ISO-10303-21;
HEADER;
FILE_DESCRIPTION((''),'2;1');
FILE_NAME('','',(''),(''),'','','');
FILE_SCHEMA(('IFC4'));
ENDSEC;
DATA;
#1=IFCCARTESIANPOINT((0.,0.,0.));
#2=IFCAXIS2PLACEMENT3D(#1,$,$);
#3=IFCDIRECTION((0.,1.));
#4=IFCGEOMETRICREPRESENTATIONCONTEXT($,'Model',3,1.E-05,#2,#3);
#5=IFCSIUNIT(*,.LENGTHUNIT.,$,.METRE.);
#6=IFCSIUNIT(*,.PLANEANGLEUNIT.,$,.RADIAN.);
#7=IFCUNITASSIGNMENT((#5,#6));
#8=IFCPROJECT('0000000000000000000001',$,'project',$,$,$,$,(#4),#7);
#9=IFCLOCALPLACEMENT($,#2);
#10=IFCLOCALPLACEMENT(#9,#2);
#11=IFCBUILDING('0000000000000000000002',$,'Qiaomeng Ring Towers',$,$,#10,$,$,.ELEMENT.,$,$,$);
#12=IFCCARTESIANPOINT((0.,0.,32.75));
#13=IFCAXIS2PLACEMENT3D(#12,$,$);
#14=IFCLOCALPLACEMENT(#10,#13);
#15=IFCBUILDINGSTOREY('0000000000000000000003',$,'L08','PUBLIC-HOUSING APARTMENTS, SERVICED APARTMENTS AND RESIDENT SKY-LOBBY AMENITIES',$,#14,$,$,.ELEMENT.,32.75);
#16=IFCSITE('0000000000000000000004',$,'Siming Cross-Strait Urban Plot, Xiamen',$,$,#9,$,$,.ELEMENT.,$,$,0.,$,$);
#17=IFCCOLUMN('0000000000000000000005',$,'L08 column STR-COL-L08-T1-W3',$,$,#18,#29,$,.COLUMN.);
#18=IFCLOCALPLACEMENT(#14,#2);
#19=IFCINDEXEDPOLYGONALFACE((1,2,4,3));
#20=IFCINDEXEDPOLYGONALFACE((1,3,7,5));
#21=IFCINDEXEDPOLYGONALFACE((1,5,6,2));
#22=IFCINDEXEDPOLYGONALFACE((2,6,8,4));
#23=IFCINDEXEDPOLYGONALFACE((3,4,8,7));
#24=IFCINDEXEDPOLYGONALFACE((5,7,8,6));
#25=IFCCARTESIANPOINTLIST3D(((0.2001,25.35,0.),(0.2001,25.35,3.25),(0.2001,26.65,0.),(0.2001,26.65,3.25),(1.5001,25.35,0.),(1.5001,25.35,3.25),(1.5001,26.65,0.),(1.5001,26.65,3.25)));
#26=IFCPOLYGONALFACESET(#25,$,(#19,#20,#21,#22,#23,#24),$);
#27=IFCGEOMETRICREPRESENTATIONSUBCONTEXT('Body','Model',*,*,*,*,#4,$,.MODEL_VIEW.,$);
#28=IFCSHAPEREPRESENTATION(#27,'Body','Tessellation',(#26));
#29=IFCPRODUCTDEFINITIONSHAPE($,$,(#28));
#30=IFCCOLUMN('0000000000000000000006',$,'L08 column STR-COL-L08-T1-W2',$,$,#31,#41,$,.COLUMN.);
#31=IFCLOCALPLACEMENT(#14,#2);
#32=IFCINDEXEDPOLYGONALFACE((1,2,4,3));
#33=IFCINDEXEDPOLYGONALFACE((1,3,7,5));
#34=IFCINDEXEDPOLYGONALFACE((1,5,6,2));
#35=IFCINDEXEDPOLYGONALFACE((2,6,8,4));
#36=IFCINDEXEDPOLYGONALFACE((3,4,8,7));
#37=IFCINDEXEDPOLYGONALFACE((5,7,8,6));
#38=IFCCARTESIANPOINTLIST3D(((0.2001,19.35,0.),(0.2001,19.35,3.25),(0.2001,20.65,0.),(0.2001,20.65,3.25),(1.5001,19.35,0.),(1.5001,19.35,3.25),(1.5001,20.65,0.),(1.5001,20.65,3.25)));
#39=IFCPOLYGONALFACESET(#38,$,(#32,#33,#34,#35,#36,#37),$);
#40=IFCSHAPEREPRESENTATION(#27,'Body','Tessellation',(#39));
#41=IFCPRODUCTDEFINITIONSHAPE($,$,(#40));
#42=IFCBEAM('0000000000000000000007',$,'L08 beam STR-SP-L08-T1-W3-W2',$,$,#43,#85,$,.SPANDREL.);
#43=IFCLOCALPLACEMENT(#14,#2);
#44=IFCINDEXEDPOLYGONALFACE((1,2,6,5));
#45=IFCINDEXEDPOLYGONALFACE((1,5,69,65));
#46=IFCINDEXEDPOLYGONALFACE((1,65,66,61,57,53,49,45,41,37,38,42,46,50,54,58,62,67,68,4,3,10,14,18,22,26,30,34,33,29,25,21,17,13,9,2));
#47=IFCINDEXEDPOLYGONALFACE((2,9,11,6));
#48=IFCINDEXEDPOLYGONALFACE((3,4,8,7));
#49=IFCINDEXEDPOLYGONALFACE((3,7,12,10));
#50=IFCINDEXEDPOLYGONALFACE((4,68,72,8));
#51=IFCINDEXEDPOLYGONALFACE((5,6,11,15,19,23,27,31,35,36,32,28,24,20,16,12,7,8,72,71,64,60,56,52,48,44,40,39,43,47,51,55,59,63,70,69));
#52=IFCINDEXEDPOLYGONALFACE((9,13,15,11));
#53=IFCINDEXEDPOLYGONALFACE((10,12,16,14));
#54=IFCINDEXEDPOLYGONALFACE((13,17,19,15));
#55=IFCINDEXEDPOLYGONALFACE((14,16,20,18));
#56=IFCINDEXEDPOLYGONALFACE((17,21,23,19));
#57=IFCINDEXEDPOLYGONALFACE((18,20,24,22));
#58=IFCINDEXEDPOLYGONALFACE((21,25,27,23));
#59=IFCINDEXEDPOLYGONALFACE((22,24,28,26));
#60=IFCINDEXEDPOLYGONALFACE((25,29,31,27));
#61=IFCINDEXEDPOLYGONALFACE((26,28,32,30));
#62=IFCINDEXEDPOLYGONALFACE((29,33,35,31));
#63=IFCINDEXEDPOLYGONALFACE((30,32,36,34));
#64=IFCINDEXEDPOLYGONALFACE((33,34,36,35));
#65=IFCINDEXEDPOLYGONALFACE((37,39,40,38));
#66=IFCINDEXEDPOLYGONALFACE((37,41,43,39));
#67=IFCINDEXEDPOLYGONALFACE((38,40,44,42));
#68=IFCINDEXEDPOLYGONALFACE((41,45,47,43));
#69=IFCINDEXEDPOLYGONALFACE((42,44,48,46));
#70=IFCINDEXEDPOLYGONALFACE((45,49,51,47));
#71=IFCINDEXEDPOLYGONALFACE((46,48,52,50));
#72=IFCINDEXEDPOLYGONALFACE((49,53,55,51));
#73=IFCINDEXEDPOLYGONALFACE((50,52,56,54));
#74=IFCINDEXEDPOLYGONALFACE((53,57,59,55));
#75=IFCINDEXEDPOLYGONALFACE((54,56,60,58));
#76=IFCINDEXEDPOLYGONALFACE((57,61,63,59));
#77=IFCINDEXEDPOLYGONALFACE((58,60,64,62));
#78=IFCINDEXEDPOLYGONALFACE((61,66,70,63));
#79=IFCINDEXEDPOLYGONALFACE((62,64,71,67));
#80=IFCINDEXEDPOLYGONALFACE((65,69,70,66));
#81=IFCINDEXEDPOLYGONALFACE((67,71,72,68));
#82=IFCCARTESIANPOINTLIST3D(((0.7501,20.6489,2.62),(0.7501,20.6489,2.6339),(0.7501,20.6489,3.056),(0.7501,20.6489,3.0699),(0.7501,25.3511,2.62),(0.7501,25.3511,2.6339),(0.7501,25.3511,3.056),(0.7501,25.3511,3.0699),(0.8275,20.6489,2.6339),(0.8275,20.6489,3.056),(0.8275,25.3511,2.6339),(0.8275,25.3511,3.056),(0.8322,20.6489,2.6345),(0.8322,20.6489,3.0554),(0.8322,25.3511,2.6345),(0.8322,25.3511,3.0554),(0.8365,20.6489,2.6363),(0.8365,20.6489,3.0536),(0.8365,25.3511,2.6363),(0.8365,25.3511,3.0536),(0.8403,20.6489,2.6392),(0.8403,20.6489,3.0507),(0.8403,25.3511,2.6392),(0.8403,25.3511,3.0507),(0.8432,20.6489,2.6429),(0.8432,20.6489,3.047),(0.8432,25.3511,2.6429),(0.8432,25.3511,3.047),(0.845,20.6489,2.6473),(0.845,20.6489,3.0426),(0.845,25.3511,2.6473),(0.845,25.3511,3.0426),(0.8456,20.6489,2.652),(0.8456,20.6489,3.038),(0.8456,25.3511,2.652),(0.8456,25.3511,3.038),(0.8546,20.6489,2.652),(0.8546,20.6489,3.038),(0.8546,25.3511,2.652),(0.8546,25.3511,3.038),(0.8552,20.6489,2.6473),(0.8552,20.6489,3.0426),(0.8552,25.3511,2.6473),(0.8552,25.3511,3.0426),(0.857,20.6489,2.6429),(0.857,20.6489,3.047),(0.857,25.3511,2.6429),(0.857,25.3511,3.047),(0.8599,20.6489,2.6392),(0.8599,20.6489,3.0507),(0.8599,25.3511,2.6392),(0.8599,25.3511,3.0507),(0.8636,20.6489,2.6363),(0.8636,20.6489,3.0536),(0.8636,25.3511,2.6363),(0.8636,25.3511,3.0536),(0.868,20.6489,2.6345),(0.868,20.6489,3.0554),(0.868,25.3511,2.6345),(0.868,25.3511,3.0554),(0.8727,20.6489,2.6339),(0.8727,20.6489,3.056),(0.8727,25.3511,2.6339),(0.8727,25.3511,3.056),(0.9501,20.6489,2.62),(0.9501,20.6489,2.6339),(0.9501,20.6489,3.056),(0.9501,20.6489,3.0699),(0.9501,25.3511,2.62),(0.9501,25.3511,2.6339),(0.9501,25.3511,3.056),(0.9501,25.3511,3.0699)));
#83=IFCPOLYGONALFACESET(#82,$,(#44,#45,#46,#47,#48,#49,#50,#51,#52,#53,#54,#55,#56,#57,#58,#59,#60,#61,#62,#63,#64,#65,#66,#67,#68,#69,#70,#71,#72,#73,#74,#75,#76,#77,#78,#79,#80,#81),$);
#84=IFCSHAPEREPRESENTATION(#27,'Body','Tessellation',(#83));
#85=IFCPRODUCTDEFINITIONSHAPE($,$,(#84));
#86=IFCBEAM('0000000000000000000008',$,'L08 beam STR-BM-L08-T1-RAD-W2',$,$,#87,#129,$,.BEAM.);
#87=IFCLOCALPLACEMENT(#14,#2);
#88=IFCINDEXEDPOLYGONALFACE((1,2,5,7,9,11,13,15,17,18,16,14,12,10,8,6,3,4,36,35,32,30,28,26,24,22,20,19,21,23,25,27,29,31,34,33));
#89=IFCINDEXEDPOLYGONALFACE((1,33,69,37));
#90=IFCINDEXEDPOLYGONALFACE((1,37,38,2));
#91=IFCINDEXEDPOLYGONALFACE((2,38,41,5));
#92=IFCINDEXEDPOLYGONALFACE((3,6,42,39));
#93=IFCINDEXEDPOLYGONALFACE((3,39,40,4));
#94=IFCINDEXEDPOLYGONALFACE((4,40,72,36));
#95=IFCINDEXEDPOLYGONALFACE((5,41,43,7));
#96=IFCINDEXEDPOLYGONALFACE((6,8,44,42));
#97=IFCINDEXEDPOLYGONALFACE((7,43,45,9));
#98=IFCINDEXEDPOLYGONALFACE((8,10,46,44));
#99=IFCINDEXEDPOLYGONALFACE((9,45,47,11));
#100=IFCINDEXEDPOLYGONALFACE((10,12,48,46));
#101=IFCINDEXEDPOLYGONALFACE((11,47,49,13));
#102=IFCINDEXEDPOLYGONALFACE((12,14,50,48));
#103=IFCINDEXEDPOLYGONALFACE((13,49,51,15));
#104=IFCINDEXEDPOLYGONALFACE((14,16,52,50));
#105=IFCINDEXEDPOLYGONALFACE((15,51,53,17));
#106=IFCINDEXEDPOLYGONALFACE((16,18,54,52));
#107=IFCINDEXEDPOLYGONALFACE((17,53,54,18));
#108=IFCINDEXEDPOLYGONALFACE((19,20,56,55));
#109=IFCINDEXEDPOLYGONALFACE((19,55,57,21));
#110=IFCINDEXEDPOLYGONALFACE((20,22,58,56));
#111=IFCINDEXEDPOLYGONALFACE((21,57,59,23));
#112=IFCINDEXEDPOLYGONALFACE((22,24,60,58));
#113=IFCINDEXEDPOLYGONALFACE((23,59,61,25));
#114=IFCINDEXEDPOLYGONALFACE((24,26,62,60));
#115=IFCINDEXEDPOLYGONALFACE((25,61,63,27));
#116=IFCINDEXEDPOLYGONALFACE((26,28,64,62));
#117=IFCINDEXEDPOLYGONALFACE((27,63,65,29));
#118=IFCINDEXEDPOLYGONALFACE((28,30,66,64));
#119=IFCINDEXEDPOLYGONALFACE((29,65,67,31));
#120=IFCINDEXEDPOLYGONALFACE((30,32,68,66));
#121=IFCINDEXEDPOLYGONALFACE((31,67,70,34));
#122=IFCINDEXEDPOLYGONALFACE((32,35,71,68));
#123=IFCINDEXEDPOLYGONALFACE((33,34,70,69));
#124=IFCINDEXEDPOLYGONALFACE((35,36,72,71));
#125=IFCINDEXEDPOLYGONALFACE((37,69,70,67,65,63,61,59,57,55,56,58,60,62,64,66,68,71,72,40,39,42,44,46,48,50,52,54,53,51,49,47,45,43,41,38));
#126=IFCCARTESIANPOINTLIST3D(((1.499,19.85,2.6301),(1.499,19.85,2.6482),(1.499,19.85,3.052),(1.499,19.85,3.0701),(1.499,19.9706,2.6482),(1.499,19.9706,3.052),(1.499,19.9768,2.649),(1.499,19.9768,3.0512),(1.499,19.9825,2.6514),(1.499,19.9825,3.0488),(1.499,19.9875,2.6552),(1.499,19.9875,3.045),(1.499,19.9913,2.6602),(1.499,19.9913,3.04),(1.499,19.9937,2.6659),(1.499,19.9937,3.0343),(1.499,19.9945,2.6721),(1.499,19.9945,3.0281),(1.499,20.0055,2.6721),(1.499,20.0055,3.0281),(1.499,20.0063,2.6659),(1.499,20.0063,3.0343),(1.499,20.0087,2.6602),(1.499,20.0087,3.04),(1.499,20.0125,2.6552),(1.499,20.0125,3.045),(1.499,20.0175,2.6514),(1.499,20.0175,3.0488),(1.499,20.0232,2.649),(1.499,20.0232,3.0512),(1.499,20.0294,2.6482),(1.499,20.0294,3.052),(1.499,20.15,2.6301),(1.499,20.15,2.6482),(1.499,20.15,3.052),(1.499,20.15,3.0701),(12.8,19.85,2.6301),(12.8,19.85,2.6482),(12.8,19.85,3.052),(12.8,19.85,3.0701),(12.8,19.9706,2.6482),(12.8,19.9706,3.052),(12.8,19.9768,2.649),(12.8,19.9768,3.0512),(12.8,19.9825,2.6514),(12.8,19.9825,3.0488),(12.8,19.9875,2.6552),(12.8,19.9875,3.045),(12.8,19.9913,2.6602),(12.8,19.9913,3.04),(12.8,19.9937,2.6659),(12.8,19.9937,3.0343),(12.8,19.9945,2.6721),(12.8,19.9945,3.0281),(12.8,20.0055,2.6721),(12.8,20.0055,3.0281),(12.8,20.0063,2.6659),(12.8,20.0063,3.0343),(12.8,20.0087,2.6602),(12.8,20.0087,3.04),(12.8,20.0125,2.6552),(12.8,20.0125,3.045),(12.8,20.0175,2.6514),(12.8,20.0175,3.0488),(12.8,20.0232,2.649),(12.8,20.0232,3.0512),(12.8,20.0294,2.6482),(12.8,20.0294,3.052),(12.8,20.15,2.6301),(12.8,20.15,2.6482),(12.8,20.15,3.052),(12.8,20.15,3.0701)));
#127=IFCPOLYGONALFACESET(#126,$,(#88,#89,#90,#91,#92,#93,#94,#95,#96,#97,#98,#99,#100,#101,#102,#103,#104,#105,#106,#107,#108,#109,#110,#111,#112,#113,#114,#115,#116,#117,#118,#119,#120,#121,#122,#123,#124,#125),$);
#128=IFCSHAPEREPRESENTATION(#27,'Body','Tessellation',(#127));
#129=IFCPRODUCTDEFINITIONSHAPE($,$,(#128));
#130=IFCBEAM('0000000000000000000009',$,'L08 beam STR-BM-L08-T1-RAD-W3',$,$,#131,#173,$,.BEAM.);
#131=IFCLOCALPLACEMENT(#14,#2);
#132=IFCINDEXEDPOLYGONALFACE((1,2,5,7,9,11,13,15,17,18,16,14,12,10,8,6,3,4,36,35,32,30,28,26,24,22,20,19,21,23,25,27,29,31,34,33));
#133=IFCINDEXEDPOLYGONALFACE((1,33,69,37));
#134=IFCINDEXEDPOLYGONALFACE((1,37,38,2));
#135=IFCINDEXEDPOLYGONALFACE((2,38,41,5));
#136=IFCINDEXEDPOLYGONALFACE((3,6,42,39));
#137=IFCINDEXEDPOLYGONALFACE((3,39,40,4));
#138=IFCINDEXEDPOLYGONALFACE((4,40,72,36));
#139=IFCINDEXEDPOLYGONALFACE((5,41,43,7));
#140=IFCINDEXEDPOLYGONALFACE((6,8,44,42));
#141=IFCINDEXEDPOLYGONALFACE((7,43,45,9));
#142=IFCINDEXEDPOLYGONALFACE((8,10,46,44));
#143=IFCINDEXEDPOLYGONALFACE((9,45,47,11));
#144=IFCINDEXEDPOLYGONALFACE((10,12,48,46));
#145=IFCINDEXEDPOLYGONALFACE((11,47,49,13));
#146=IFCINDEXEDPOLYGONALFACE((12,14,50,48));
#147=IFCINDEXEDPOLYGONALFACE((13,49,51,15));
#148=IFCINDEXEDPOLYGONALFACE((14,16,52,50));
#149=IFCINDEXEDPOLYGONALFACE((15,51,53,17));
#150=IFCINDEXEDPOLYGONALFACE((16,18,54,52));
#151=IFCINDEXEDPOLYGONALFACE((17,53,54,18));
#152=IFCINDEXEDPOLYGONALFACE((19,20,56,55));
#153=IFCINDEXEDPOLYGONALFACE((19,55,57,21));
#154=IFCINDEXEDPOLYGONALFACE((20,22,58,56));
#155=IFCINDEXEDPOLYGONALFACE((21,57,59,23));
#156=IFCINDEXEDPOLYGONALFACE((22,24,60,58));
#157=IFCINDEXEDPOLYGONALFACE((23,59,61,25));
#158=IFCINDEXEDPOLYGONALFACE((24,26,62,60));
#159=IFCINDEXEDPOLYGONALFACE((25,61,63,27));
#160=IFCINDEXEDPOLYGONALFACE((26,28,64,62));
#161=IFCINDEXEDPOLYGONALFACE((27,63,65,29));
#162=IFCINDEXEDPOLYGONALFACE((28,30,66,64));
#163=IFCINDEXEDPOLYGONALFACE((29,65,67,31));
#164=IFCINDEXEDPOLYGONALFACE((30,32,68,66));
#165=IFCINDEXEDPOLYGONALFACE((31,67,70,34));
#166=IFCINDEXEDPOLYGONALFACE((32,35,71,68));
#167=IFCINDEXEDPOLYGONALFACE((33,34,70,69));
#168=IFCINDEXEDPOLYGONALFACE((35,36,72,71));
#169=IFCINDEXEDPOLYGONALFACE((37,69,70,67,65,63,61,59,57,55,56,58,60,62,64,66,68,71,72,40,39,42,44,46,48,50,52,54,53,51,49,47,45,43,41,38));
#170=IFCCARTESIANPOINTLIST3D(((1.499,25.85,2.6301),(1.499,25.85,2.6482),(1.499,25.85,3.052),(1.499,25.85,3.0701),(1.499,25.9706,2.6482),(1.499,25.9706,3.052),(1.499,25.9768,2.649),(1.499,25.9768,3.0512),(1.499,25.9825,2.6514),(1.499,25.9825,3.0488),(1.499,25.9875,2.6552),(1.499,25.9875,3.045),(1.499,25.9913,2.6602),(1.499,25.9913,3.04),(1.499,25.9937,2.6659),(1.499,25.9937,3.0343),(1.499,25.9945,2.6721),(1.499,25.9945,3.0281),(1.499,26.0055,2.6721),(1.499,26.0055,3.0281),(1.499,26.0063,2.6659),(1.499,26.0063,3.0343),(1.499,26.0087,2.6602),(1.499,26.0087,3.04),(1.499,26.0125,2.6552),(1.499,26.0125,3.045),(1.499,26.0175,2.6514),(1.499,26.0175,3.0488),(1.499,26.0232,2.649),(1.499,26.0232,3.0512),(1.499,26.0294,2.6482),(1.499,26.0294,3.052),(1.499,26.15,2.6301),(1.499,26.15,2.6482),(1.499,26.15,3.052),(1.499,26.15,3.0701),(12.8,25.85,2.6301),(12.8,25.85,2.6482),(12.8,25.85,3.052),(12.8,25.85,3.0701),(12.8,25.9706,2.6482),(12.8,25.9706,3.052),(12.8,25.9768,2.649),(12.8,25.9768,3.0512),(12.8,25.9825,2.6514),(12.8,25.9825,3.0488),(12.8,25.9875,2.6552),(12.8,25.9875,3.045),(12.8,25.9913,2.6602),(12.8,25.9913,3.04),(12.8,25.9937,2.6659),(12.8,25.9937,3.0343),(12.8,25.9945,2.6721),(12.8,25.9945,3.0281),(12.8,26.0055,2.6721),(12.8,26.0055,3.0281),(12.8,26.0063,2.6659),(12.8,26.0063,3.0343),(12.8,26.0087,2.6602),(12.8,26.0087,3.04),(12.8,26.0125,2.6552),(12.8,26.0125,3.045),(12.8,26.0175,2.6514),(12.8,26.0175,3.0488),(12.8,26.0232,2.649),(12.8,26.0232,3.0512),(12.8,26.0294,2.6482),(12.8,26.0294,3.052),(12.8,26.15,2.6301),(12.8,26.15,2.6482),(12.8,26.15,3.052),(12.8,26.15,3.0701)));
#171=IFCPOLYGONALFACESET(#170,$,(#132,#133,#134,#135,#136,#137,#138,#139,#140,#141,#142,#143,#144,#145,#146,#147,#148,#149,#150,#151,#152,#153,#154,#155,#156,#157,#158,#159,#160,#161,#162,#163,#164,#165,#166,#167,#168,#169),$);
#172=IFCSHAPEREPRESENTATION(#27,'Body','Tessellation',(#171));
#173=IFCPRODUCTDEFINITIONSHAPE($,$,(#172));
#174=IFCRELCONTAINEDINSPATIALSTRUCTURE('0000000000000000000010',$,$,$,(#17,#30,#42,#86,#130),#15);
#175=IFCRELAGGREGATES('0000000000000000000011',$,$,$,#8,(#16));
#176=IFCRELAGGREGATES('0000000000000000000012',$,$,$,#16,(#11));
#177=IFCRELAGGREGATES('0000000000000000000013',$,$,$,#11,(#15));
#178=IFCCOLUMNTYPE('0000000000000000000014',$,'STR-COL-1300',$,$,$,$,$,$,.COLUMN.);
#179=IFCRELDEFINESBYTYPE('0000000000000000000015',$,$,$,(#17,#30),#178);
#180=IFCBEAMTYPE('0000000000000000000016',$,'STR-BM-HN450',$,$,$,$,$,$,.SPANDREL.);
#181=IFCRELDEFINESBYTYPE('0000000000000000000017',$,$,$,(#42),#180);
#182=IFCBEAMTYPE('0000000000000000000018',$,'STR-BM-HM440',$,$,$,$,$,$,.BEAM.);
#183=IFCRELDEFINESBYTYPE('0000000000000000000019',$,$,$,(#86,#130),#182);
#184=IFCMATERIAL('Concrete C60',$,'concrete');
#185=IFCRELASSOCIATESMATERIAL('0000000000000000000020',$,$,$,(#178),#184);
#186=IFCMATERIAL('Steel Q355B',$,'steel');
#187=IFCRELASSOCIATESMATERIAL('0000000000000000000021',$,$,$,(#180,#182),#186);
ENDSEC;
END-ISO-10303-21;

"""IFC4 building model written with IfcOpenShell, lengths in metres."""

from ifc_helpers import new_model, si_unit, direction, frame, origin, origin_2d, place, context, subcontext, project, spatial, rectangle, i_section, extrude, source, transform, mapped, material, material_profile, profile_set, type_object, element, save


model = new_model("IFC4")

# Units and contexts
model_context = context("Model", 3, precision=1e-05, world=origin(), true_north=direction((0.0, 1.0)))
body_context = subcontext(model_context, "Body", "Model", "MODEL_VIEW")
ifc_project = project(units=[si_unit("LENGTHUNIT", "METRE"), si_unit("PLANEANGLEUNIT", "RADIAN")], contexts=[model_context])

# Site, building, storey
site_placement = place(None, origin())
site = spatial("IfcSite", under=ifc_project, at=site_placement, Name="Siming Cross-Strait Urban Plot, Xiamen", CompositionType="ELEMENT", RefElevation=0.0)
building_placement = place(site_placement, origin())
building = spatial("IfcBuilding", under=site, at=building_placement, Name="Qiaomeng Ring Towers", CompositionType="ELEMENT")
storey_placement = place(building_placement, frame((0.0, 0.0, 32.75)))
storey = spatial("IfcBuildingStorey", under=building, at=storey_placement, Name="L08", Description="PUBLIC-HOUSING APARTMENTS, SERVICED APARTMENTS AND RESIDENT SKY-LOBBY AMENITIES", CompositionType="ELEMENT", Elevation=32.75)

# Columns
ifc_material_1 = material(Name="Concrete C60", Category="concrete")
ifc_material_profile_1 = material_profile(ifc_material_1, rectangle(XDim=1.3, YDim=1.3, at=origin_2d()), Name="RC COL 1300x1300")
ifc_profile_set_1 = profile_set([ifc_material_profile_1], Name="Concrete C60")
column_type = type_object("IfcColumnType", Name="STR-COL-1300", PredefinedType="COLUMN", material=ifc_profile_set_1)
shared_shape_1 = source(origin(), body_context, "Body", "SweptSolid", [
    extrude(rectangle(XDim=1.3, YDim=1.3, at=origin_2d()), origin(), (0.0, 0.0, 1.0), 3.25),
])
for number, where, z_axis, x_axis, name in (
    (1, (0.8501, 26.0, 0.0), (0.0, 0.0, 1.0), (1.0, 0.0, 0.0), "L08 column STR-COL-L08-T1-W3"),
    (2, (0.8501, 20.0, 0.0), (0.0, 0.0, 1.0), (1.0, 0.0, 0.0), "L08 column STR-COL-L08-T1-W2"),
):
    element("IfcColumn", number, at=place(storey_placement, frame(where, z_axis=z_axis, x_axis=x_axis)), inside=storey, type_object=column_type, Name=name, PredefinedType="COLUMN", context=body_context, shape_type="MappedRepresentation", body=[
        mapped(shared_shape_1, transform((0.0, 0.0, 0.0), x_axis=(1.0, 0.0, 0.0), y_axis=(0.0, 1.0, 0.0), z_axis=(0.0, 0.0, 1.0), scale=1.0)),
    ])

# Beams
ifc_material_2 = material(Name="Steel Q355B", Category="steel")
ifc_material_profile_2 = material_profile(ifc_material_2, i_section(OverallWidth=0.2, OverallDepth=0.45, WebThickness=0.009, FlangeThickness=0.0139, FilletRadius=0.0181, at=origin_2d()), Name="HN 450x200x9x14")
ifc_profile_set_2 = profile_set([ifc_material_profile_2], Name="Steel Q355B")
beam_type_1 = type_object("IfcBeamType", Name="STR-BM-HN450", PredefinedType="SPANDREL", material=ifc_profile_set_2)
shared_shape_2 = source(origin(), body_context, "Body", "SweptSolid", [
    extrude(i_section(OverallWidth=0.2, OverallDepth=0.45, WebThickness=0.009, FlangeThickness=0.0139, FilletRadius=0.0181, at=origin_2d()), origin(), (0.0, 0.0, 1.0), 4.7021),
])
beam_1_placement = place(storey_placement, frame((0.8501, 25.3511, 2.845), z_axis=(0.0, -1.0, 0.0), x_axis=(1.0, 0.0, 0.0)))
element("IfcBeam", 3, at=beam_1_placement, inside=storey, type_object=beam_type_1, Name="L08 beam STR-SP-L08-T1-W3-W2", PredefinedType="SPANDREL", context=body_context, shape_type="MappedRepresentation", body=[
    mapped(shared_shape_2, transform((0.0, 0.0, 0.0), x_axis=(1.0, 0.0, 0.0), y_axis=(0.0, 1.0, 0.0), z_axis=(0.0, 0.0, 1.0), scale=1.0)),
])
ifc_material_profile_3 = material_profile(ifc_material_2, i_section(OverallWidth=0.3, OverallDepth=0.4399, WebThickness=0.011, FlangeThickness=0.0181, FilletRadius=0.0239, at=origin_2d()), Name="HM 440x300x11x18")
ifc_profile_set_3 = profile_set([ifc_material_profile_3], Name="Steel Q355B")
beam_type_2 = type_object("IfcBeamType", Name="STR-BM-HM440", PredefinedType="BEAM", material=ifc_profile_set_3)
shared_shape_3 = source(origin(), body_context, "Body", "SweptSolid", [
    extrude(i_section(OverallWidth=0.3, OverallDepth=0.4399, WebThickness=0.011, FlangeThickness=0.0181, FilletRadius=0.0239, at=origin_2d()), origin(), (0.0, 0.0, 1.0), 11.301),
])
for number, where, z_axis, x_axis, name in (
    (4, (1.499, 20.0, 2.8501), (1.0, 0.0, 0.0), (0.0, 1.0, 0.0), "L08 beam STR-BM-L08-T1-RAD-W2"),
    (5, (1.499, 26.0, 2.8501), (1.0, 0.0, 0.0), (0.0, 1.0, 0.0), "L08 beam STR-BM-L08-T1-RAD-W3"),
):
    element("IfcBeam", number, at=place(storey_placement, frame(where, z_axis=z_axis, x_axis=x_axis)), inside=storey, type_object=beam_type_2, Name=name, PredefinedType="BEAM", context=body_context, shape_type="MappedRepresentation", body=[
        mapped(shared_shape_3, transform((0.0, 0.0, 0.0), x_axis=(1.0, 0.0, 0.0), y_axis=(0.0, 1.0, 0.0), z_axis=(0.0, 0.0, 1.0), scale=1.0)),
    ])

save(model, "model.ifc")
